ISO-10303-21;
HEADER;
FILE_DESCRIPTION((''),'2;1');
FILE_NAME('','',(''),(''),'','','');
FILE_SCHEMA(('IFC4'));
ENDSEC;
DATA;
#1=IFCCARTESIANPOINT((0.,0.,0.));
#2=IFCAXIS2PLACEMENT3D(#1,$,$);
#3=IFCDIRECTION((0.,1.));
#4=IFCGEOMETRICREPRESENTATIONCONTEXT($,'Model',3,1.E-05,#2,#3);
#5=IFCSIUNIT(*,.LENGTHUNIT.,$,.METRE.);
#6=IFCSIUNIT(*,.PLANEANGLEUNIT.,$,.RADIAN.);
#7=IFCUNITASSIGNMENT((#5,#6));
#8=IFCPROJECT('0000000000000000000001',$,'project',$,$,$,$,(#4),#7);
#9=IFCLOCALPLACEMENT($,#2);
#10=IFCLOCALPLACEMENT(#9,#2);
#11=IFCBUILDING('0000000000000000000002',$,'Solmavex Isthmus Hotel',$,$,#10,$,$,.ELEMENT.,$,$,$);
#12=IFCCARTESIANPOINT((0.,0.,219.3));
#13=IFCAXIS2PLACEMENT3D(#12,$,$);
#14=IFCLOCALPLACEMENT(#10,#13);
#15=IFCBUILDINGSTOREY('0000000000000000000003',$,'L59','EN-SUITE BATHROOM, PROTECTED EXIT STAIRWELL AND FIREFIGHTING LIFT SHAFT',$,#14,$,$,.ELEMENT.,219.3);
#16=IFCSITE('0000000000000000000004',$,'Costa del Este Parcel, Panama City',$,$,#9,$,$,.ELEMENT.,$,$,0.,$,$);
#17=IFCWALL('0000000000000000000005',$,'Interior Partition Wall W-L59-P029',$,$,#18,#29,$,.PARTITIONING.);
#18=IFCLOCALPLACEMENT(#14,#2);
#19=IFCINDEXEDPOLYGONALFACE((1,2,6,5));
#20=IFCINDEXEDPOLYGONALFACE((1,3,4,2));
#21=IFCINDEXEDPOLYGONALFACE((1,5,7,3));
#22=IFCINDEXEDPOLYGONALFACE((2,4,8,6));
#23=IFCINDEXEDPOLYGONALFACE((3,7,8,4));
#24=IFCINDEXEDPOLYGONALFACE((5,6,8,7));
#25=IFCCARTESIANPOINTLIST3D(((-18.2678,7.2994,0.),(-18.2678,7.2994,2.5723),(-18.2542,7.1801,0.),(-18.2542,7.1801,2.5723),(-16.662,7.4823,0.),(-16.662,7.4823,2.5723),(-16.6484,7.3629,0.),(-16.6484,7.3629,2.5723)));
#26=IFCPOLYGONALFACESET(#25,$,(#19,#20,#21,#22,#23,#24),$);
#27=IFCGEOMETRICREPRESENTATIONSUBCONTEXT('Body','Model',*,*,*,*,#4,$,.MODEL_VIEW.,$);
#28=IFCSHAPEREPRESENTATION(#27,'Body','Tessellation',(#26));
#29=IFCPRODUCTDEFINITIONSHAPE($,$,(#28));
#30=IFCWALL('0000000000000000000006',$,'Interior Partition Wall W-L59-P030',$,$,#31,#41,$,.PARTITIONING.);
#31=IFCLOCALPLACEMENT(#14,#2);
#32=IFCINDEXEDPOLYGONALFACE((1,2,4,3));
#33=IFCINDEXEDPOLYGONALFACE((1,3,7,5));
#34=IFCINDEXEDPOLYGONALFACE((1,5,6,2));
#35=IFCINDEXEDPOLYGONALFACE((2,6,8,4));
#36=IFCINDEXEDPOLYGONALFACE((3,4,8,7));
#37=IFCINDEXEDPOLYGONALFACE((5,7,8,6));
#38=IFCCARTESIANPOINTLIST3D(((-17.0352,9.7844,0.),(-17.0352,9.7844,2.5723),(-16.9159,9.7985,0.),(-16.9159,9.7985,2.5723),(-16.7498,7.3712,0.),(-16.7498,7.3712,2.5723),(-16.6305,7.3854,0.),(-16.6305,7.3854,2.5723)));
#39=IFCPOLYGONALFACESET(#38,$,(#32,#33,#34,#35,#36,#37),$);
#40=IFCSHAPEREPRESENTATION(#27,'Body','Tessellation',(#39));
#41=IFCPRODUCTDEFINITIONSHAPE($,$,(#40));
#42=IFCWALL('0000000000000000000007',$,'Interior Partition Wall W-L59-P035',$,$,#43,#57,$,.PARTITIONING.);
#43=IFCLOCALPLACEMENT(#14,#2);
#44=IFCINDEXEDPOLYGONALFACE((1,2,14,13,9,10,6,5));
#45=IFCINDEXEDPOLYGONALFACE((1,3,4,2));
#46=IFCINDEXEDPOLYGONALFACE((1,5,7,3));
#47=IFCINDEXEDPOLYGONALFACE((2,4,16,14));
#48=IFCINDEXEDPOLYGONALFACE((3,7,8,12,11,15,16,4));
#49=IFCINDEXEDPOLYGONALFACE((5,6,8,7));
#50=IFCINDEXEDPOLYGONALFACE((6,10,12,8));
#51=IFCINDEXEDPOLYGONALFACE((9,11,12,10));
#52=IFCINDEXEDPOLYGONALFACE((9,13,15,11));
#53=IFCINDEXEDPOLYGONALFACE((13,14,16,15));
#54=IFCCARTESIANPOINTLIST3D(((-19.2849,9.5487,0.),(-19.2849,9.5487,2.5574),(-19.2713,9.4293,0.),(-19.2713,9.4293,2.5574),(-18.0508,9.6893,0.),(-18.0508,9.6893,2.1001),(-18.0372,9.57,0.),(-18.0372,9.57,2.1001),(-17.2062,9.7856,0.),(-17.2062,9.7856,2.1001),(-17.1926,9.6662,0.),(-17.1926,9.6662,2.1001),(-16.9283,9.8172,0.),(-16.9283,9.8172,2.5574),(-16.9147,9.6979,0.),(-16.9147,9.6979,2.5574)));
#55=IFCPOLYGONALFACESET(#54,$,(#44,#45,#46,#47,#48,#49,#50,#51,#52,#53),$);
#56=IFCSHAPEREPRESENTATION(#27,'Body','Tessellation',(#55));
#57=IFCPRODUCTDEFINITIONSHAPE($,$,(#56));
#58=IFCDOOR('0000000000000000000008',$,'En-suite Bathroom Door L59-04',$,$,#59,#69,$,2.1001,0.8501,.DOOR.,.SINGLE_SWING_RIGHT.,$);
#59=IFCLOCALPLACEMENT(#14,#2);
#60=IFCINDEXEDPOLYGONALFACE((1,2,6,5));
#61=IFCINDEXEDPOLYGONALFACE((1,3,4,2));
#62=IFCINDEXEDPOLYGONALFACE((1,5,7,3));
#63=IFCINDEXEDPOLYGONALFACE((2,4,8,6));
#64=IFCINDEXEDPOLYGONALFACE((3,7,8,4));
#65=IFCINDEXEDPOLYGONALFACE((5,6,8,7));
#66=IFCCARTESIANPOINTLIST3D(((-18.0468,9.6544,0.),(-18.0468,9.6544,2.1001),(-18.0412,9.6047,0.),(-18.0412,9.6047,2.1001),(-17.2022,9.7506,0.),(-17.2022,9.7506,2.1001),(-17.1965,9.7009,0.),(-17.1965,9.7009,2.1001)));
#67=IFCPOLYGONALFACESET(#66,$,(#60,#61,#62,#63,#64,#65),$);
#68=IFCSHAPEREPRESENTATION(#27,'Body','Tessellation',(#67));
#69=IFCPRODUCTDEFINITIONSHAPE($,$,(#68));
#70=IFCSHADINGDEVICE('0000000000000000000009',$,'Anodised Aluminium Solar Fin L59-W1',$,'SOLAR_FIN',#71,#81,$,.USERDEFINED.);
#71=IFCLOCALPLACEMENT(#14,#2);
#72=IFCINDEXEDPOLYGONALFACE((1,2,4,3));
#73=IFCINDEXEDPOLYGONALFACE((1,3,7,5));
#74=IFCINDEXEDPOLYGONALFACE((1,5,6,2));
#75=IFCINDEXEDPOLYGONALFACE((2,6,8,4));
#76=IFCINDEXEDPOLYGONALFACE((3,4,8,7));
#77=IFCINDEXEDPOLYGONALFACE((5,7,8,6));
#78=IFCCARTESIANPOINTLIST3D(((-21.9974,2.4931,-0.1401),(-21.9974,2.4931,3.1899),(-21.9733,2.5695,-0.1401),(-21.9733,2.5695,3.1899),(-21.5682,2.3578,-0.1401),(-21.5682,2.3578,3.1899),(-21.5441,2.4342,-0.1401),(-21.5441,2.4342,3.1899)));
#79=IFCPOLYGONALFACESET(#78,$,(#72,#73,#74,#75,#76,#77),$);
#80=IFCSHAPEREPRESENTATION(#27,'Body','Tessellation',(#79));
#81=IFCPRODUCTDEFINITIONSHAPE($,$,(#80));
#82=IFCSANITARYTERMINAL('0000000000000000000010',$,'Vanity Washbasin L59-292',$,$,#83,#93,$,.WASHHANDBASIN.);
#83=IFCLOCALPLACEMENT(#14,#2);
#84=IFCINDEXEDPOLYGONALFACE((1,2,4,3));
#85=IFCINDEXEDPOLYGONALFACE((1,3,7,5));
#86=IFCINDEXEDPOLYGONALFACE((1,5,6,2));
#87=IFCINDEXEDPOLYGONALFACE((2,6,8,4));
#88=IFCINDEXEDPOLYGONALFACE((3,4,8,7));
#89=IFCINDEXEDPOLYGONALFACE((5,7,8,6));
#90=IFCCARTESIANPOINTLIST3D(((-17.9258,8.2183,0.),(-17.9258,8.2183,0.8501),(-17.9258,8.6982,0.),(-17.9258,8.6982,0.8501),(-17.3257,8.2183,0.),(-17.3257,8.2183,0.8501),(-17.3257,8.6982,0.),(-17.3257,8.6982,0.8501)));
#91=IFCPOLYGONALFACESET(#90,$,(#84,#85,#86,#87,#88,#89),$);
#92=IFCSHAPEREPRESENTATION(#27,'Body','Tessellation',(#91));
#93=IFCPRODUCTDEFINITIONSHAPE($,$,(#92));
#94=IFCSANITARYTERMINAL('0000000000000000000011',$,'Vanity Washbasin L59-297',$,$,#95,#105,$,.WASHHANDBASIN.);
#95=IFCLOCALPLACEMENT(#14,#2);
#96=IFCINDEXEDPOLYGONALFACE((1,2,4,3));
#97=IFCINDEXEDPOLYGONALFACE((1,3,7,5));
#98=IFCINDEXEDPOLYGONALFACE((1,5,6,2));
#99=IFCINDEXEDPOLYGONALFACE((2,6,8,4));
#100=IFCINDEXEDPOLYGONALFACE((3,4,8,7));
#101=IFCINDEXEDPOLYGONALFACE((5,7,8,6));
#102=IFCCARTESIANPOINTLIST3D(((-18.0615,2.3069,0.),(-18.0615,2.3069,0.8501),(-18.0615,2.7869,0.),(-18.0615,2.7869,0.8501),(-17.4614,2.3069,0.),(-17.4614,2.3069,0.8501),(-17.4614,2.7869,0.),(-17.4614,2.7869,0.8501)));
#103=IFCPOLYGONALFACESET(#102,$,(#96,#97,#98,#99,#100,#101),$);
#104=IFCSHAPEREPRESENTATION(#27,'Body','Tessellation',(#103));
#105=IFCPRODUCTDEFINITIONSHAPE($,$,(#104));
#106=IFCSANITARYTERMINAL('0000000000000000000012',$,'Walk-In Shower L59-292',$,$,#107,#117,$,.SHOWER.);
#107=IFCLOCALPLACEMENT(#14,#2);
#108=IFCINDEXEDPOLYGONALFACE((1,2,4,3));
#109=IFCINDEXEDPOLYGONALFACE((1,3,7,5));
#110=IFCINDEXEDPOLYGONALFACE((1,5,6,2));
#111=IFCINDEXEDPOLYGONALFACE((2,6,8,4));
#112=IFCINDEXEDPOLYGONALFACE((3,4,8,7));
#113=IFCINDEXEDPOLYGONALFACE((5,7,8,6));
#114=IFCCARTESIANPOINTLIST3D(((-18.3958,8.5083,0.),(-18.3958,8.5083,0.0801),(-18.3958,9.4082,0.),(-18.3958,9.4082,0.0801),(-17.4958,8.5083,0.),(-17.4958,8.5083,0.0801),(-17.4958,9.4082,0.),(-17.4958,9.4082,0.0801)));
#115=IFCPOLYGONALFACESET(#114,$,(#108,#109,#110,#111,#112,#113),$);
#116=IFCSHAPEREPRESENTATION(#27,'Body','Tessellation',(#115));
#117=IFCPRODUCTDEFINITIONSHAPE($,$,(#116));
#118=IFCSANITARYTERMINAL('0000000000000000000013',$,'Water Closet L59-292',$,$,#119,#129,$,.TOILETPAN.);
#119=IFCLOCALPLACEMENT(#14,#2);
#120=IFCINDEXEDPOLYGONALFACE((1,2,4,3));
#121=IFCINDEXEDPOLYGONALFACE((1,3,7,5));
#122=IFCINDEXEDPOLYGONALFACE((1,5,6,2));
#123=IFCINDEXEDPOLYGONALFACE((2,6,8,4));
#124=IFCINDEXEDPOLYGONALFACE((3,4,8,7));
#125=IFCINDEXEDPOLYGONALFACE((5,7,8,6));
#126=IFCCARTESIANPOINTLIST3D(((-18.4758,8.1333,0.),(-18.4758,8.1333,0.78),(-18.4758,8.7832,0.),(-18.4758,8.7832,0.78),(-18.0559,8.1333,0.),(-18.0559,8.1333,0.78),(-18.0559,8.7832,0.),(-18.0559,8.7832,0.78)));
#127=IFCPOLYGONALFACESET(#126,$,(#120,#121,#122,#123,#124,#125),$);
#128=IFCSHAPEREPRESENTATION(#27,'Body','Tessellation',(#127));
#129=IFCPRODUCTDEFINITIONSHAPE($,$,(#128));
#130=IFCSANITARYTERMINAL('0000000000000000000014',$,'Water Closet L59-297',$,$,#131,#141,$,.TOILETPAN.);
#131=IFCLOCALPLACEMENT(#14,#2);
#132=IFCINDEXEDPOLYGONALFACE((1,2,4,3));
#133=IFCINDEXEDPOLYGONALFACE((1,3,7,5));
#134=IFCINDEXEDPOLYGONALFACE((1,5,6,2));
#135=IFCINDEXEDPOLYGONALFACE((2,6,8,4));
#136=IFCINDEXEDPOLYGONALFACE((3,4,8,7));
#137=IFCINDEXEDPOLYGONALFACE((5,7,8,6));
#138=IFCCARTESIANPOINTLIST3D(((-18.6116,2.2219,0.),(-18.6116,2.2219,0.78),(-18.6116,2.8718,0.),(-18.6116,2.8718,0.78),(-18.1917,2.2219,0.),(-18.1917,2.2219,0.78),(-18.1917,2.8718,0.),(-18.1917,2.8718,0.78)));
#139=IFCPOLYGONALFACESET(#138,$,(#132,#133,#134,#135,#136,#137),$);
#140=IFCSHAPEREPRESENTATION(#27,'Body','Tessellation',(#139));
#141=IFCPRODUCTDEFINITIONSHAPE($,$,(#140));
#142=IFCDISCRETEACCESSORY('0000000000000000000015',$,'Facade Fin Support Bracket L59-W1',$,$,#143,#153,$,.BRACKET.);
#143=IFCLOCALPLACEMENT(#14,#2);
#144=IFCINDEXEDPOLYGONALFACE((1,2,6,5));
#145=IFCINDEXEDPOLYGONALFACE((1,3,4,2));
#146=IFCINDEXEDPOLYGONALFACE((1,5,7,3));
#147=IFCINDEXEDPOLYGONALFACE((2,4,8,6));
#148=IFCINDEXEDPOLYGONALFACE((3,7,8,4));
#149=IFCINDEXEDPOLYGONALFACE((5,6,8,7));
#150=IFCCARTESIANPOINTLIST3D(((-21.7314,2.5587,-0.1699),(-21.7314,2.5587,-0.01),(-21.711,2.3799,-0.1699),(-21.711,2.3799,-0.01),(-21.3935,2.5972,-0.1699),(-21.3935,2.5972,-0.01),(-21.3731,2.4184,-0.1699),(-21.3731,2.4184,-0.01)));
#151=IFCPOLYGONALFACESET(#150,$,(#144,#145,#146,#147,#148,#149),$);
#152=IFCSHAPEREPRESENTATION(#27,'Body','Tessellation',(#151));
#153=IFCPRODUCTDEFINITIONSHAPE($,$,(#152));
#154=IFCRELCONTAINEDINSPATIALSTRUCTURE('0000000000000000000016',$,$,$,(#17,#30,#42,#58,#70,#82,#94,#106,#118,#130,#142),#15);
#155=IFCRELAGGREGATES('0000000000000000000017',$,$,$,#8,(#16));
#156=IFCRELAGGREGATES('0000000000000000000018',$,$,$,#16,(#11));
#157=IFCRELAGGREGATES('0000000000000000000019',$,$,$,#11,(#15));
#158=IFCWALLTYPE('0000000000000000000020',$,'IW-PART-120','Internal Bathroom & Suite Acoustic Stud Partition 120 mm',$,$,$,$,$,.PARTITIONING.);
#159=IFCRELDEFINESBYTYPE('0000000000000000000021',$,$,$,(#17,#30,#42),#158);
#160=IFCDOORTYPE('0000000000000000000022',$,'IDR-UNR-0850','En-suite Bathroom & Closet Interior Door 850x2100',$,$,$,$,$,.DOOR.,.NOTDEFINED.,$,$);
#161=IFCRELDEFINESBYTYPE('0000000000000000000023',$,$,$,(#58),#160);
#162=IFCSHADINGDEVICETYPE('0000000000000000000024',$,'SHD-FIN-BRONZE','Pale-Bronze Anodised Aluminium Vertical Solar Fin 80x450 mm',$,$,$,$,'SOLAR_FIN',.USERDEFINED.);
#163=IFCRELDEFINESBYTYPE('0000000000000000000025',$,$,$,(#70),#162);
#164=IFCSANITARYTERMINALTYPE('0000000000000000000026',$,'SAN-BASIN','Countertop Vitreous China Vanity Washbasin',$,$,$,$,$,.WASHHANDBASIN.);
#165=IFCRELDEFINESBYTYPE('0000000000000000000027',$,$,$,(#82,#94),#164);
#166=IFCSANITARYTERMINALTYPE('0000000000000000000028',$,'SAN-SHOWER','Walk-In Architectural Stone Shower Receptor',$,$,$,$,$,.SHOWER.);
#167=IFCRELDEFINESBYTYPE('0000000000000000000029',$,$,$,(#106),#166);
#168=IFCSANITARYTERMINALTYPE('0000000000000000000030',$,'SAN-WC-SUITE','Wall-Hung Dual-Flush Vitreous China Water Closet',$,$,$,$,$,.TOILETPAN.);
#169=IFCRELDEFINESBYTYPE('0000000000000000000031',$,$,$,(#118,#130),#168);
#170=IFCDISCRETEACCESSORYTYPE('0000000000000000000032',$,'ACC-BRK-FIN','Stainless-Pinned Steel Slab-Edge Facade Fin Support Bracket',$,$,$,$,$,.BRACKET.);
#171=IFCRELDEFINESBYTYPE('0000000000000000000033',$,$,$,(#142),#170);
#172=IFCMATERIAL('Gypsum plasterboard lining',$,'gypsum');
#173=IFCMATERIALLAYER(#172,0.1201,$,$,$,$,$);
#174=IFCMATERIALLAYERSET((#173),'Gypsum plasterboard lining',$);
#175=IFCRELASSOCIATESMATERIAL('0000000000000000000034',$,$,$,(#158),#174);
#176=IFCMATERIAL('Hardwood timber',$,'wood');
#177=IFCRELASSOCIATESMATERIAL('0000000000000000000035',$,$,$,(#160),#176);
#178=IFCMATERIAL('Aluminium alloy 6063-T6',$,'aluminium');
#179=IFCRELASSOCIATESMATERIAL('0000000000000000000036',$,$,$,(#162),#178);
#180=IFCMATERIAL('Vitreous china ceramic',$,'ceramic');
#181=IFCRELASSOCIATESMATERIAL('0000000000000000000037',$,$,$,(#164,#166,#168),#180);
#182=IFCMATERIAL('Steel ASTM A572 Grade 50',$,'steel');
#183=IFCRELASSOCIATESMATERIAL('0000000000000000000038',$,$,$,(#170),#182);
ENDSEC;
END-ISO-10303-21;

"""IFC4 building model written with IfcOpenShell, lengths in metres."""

from ifc_helpers import new_model, si_unit, direction, frame, frame_2d, origin, origin_2d, place, context, subcontext, project, spatial, rectangle, extrude, material, layer, layer_set, type_object, element, fill, save


model = new_model("IFC4")

# Units and contexts
model_context = context("Model", 3, precision=1e-05, world=origin(), true_north=direction((0.0, 1.0)))
body_context = subcontext(model_context, "Body", "Model", "MODEL_VIEW")
ifc_project = project(units=[si_unit("LENGTHUNIT", "METRE"), si_unit("PLANEANGLEUNIT", "RADIAN")], contexts=[model_context])

# Site, building, storey
site_placement = place(None, origin())
site = spatial("IfcSite", under=ifc_project, at=site_placement, Name="Costa del Este Parcel, Panama City", CompositionType="ELEMENT", RefElevation=0.0)
building_placement = place(site_placement, origin())
building = spatial("IfcBuilding", under=site, at=building_placement, Name="Solmavex Isthmus Hotel", CompositionType="ELEMENT")
storey_placement = place(building_placement, frame((0.0, 0.0, 219.3)))
storey = spatial("IfcBuildingStorey", under=building, at=storey_placement, Name="L59", Description="EN-SUITE BATHROOM, PROTECTED EXIT STAIRWELL AND FIREFIGHTING LIFT SHAFT", CompositionType="ELEMENT", Elevation=219.3)

# Shared definitions
ifc_material_1 = material(Name="Aluminium alloy 6063-T6", Category="aluminium")

# Shared definitions
ifc_material_2 = material(Name="Gypsum plasterboard lining", Category="gypsum")
ifc_material_3 = material(Name="Hardwood timber", Category="wood")

# Walls
ifc_layer_1 = layer(ifc_material_2, 0.1201)
ifc_layer_set_1 = layer_set([ifc_layer_1], Name="Gypsum plasterboard lining")
wall_type_1 = type_object("IfcWallType", Name="IW-PART-120", Description="Internal Bathroom & Suite Acoustic Stud Partition 120 mm", PredefinedType="PARTITIONING", material=ifc_layer_set_1)
wall_1_placement = place(storey_placement, frame((-18.261, 7.2397, 0.0), z_axis=(0.0, 0.0, 1.0), x_axis=(0.993578, 0.11315, 0.0)))
element("IfcWall", 1, at=wall_1_placement, inside=storey, type_object=wall_type_1, Name="Interior Partition Wall W-L59-P029", PredefinedType="PARTITIONING", context=body_context, shape_type="SweptSolid", body=[
    extrude(rectangle(XDim=1.6162, YDim=0.1201, at=frame_2d((0.8081, 0.0))), origin(), (0.0, 0.0, 1.0), 2.5723),
])
wall_2_placement = place(storey_placement, frame((-16.6902, 7.3784, 0.0), z_axis=(0.0, 0.0, 1.0), x_axis=(-0.117453, 0.993078, 0.0)))
element("IfcWall", 2, at=wall_2_placement, inside=storey, type_object=wall_type_1, Name="Interior Partition Wall W-L59-P030", PredefinedType="PARTITIONING", context=body_context, shape_type="SweptSolid", body=[
    extrude(rectangle(XDim=2.4299, YDim=0.1201, at=frame_2d((1.2148, 0.0))), origin(), (0.0, 0.0, 1.0), 2.5723),
])

# Wall, opening, door
wall_3_placement = place(storey_placement, frame((-16.9214, 9.7576, 0.0), z_axis=(0.0, 0.0, 1.0), x_axis=(-0.99357, -0.113221, 0.0)))
wall_3 = element("IfcWall", 3, at=wall_3_placement, inside=storey, type_object=wall_type_1, Name="Interior Partition Wall W-L59-P035", PredefinedType="PARTITIONING", context=body_context, shape_type="SweptSolid", body=[
    extrude(rectangle(XDim=2.3718, YDim=0.1201, at=frame_2d((1.186, 0.0))), origin(), (0.0, 0.0, 1.0), 2.5574),
])
opening_1_placement = place(wall_3_placement, frame((0.2798, 0.0, 0.0)))
opening_1 = element("IfcOpeningElement", 4, at=opening_1_placement, cuts=wall_3, PredefinedType="OPENING", context=body_context, shape_type="SweptSolid", body=[
    extrude(rectangle(XDim=0.8501, YDim=2.1001, at=frame_2d((0.425, 1.05))), frame((0.0, 0.0701, 0.0), z_axis=(0.0, -1.0, 0.0), x_axis=(1.0, 0.0, 0.0)), (0.0, 0.0, 1.0), 0.1401),
])
door_type_1 = type_object("IfcDoorType", Name="IDR-UNR-0850", Description="En-suite Bathroom & Closet Interior Door 850x2100", OperationType="NOTDEFINED", PredefinedType="DOOR", material=ifc_material_3)
door_1_placement = place(opening_1_placement, frame((0.8501, 0.0, 0.0), z_axis=(0.0, 0.0, 1.0), x_axis=(-1.0, 0.0, 0.0)))
door_1 = element("IfcDoor", 5, at=door_1_placement, inside=storey, type_object=door_type_1, Name="En-suite Bathroom Door L59-04", OperationType="SINGLE_SWING_RIGHT", OverallHeight=2.1001, OverallWidth=0.8501, PredefinedType="DOOR", context=body_context, shape_type="SweptSolid", body=[
    extrude(rectangle(XDim=0.8501, YDim=2.1001, at=frame_2d((0.425, 1.05))), frame((0.0, 0.0249, 0.0), z_axis=(0.0, -1.0, 0.0), x_axis=(1.0, 0.0, 0.0)), (0.0, 0.0, 1.0), 0.05),
])
fill(opening_1, door_1)

# Shading device
shading_device_type = type_object("IfcShadingDeviceType", Name="SHD-FIN-BRONZE", Description="Pale-Bronze Anodised Aluminium Vertical Solar Fin 80x450 mm", ElementType="SOLAR_FIN", PredefinedType="USERDEFINED", material=ifc_material_1)
shading_device_placement = place(storey_placement, frame((-21.7708, 2.4636, -0.1401), z_axis=(0.0, 0.0, 1.0), x_axis=(-0.953717, 0.300706, 0.0)))
element("IfcShadingDevice", 6, at=shading_device_placement, inside=storey, type_object=shading_device_type, Name="Anodised Aluminium Solar Fin L59-W1", ObjectType="SOLAR_FIN", PredefinedType="USERDEFINED", context=body_context, shape_type="SweptSolid", body=[
    extrude(rectangle(XDim=0.45, YDim=0.0801, at=origin_2d()), origin(), (0.0, 0.0, 1.0), 3.3301),
])

# Sanitary terminals
ifc_material_4 = material(Name="Vitreous china ceramic", Category="ceramic")
sanitary_terminal_type_1 = type_object("IfcSanitaryTerminalType", Name="SAN-BASIN", Description="Countertop Vitreous China Vanity Washbasin", PredefinedType="WASHHANDBASIN", material=ifc_material_4)
for number, where, z_axis, x_axis, name in (
    (7, (-17.6257, 8.4583, 0.0), (0.0, 0.0, 1.0), (1.0, 0.0, 0.0), "Vanity Washbasin L59-292"),
    (8, (-17.7615, 2.5469, 0.0), (0.0, 0.0, 1.0), (1.0, 0.0, 0.0), "Vanity Washbasin L59-297"),
):
    element("IfcSanitaryTerminal", number, at=place(storey_placement, frame(where, z_axis=z_axis, x_axis=x_axis)), inside=storey, type_object=sanitary_terminal_type_1, Name=name, PredefinedType="WASHHANDBASIN", context=body_context, shape_type="SweptSolid", body=[
        extrude(rectangle(XDim=0.6001, YDim=0.48, at=origin_2d()), origin(), (0.0, 0.0, 1.0), 0.8501),
    ])
sanitary_terminal_type_2 = type_object("IfcSanitaryTerminalType", Name="SAN-SHOWER", Description="Walk-In Architectural Stone Shower Receptor", PredefinedType="SHOWER", material=ifc_material_4)
sanitary_terminal_placement = place(storey_placement, frame((-17.9458, 8.9583, 0.0), z_axis=(0.0, 0.0, 1.0), x_axis=(1.0, 0.0, 0.0)))
element("IfcSanitaryTerminal", 9, at=sanitary_terminal_placement, inside=storey, type_object=sanitary_terminal_type_2, Name="Walk-In Shower L59-292", PredefinedType="SHOWER", context=body_context, shape_type="SweptSolid", body=[
    extrude(rectangle(XDim=0.8999, YDim=0.8999, at=origin_2d()), origin(), (0.0, 0.0, 1.0), 0.0801),
])
sanitary_terminal_type_3 = type_object("IfcSanitaryTerminalType", Name="SAN-WC-SUITE", Description="Wall-Hung Dual-Flush Vitreous China Water Closet", PredefinedType="TOILETPAN", material=ifc_material_4)
for number, where, z_axis, x_axis, name in (
    (10, (-18.2659, 8.4583, 0.0), (0.0, 0.0, 1.0), (1.0, 0.0, 0.0), "Water Closet L59-292"),
    (11, (-18.4016, 2.5469, 0.0), (0.0, 0.0, 1.0), (1.0, 0.0, 0.0), "Water Closet L59-297"),
):
    element("IfcSanitaryTerminal", number, at=place(storey_placement, frame(where, z_axis=z_axis, x_axis=x_axis)), inside=storey, type_object=sanitary_terminal_type_3, Name=name, PredefinedType="TOILETPAN", context=body_context, shape_type="SweptSolid", body=[
        extrude(rectangle(XDim=0.4199, YDim=0.6499, at=origin_2d()), origin(), (0.0, 0.0, 1.0), 0.78),
    ])

# Discrete accessory
ifc_material_5 = material(Name="Steel ASTM A572 Grade 50", Category="steel")
discrete_accessory_type = type_object("IfcDiscreteAccessoryType", Name="ACC-BRK-FIN", Description="Stainless-Pinned Steel Slab-Edge Facade Fin Support Bracket", PredefinedType="BRACKET", material=ifc_material_5)
discrete_accessory_placement = place(storey_placement, frame((-21.5522, 2.4885, -0.1699), z_axis=(0.0, 0.0, 1.0), x_axis=(-0.993572, -0.113203, 0.0)))
element("IfcDiscreteAccessory", 12, at=discrete_accessory_placement, inside=storey, type_object=discrete_accessory_type, Name="Facade Fin Support Bracket L59-W1", PredefinedType="BRACKET", context=body_context, shape_type="SweptSolid", body=[
    extrude(rectangle(XDim=0.3401, YDim=0.1799, at=origin_2d()), origin(), (0.0, 0.0, 1.0), 0.1599),
])

save(model, "model.ifc")
